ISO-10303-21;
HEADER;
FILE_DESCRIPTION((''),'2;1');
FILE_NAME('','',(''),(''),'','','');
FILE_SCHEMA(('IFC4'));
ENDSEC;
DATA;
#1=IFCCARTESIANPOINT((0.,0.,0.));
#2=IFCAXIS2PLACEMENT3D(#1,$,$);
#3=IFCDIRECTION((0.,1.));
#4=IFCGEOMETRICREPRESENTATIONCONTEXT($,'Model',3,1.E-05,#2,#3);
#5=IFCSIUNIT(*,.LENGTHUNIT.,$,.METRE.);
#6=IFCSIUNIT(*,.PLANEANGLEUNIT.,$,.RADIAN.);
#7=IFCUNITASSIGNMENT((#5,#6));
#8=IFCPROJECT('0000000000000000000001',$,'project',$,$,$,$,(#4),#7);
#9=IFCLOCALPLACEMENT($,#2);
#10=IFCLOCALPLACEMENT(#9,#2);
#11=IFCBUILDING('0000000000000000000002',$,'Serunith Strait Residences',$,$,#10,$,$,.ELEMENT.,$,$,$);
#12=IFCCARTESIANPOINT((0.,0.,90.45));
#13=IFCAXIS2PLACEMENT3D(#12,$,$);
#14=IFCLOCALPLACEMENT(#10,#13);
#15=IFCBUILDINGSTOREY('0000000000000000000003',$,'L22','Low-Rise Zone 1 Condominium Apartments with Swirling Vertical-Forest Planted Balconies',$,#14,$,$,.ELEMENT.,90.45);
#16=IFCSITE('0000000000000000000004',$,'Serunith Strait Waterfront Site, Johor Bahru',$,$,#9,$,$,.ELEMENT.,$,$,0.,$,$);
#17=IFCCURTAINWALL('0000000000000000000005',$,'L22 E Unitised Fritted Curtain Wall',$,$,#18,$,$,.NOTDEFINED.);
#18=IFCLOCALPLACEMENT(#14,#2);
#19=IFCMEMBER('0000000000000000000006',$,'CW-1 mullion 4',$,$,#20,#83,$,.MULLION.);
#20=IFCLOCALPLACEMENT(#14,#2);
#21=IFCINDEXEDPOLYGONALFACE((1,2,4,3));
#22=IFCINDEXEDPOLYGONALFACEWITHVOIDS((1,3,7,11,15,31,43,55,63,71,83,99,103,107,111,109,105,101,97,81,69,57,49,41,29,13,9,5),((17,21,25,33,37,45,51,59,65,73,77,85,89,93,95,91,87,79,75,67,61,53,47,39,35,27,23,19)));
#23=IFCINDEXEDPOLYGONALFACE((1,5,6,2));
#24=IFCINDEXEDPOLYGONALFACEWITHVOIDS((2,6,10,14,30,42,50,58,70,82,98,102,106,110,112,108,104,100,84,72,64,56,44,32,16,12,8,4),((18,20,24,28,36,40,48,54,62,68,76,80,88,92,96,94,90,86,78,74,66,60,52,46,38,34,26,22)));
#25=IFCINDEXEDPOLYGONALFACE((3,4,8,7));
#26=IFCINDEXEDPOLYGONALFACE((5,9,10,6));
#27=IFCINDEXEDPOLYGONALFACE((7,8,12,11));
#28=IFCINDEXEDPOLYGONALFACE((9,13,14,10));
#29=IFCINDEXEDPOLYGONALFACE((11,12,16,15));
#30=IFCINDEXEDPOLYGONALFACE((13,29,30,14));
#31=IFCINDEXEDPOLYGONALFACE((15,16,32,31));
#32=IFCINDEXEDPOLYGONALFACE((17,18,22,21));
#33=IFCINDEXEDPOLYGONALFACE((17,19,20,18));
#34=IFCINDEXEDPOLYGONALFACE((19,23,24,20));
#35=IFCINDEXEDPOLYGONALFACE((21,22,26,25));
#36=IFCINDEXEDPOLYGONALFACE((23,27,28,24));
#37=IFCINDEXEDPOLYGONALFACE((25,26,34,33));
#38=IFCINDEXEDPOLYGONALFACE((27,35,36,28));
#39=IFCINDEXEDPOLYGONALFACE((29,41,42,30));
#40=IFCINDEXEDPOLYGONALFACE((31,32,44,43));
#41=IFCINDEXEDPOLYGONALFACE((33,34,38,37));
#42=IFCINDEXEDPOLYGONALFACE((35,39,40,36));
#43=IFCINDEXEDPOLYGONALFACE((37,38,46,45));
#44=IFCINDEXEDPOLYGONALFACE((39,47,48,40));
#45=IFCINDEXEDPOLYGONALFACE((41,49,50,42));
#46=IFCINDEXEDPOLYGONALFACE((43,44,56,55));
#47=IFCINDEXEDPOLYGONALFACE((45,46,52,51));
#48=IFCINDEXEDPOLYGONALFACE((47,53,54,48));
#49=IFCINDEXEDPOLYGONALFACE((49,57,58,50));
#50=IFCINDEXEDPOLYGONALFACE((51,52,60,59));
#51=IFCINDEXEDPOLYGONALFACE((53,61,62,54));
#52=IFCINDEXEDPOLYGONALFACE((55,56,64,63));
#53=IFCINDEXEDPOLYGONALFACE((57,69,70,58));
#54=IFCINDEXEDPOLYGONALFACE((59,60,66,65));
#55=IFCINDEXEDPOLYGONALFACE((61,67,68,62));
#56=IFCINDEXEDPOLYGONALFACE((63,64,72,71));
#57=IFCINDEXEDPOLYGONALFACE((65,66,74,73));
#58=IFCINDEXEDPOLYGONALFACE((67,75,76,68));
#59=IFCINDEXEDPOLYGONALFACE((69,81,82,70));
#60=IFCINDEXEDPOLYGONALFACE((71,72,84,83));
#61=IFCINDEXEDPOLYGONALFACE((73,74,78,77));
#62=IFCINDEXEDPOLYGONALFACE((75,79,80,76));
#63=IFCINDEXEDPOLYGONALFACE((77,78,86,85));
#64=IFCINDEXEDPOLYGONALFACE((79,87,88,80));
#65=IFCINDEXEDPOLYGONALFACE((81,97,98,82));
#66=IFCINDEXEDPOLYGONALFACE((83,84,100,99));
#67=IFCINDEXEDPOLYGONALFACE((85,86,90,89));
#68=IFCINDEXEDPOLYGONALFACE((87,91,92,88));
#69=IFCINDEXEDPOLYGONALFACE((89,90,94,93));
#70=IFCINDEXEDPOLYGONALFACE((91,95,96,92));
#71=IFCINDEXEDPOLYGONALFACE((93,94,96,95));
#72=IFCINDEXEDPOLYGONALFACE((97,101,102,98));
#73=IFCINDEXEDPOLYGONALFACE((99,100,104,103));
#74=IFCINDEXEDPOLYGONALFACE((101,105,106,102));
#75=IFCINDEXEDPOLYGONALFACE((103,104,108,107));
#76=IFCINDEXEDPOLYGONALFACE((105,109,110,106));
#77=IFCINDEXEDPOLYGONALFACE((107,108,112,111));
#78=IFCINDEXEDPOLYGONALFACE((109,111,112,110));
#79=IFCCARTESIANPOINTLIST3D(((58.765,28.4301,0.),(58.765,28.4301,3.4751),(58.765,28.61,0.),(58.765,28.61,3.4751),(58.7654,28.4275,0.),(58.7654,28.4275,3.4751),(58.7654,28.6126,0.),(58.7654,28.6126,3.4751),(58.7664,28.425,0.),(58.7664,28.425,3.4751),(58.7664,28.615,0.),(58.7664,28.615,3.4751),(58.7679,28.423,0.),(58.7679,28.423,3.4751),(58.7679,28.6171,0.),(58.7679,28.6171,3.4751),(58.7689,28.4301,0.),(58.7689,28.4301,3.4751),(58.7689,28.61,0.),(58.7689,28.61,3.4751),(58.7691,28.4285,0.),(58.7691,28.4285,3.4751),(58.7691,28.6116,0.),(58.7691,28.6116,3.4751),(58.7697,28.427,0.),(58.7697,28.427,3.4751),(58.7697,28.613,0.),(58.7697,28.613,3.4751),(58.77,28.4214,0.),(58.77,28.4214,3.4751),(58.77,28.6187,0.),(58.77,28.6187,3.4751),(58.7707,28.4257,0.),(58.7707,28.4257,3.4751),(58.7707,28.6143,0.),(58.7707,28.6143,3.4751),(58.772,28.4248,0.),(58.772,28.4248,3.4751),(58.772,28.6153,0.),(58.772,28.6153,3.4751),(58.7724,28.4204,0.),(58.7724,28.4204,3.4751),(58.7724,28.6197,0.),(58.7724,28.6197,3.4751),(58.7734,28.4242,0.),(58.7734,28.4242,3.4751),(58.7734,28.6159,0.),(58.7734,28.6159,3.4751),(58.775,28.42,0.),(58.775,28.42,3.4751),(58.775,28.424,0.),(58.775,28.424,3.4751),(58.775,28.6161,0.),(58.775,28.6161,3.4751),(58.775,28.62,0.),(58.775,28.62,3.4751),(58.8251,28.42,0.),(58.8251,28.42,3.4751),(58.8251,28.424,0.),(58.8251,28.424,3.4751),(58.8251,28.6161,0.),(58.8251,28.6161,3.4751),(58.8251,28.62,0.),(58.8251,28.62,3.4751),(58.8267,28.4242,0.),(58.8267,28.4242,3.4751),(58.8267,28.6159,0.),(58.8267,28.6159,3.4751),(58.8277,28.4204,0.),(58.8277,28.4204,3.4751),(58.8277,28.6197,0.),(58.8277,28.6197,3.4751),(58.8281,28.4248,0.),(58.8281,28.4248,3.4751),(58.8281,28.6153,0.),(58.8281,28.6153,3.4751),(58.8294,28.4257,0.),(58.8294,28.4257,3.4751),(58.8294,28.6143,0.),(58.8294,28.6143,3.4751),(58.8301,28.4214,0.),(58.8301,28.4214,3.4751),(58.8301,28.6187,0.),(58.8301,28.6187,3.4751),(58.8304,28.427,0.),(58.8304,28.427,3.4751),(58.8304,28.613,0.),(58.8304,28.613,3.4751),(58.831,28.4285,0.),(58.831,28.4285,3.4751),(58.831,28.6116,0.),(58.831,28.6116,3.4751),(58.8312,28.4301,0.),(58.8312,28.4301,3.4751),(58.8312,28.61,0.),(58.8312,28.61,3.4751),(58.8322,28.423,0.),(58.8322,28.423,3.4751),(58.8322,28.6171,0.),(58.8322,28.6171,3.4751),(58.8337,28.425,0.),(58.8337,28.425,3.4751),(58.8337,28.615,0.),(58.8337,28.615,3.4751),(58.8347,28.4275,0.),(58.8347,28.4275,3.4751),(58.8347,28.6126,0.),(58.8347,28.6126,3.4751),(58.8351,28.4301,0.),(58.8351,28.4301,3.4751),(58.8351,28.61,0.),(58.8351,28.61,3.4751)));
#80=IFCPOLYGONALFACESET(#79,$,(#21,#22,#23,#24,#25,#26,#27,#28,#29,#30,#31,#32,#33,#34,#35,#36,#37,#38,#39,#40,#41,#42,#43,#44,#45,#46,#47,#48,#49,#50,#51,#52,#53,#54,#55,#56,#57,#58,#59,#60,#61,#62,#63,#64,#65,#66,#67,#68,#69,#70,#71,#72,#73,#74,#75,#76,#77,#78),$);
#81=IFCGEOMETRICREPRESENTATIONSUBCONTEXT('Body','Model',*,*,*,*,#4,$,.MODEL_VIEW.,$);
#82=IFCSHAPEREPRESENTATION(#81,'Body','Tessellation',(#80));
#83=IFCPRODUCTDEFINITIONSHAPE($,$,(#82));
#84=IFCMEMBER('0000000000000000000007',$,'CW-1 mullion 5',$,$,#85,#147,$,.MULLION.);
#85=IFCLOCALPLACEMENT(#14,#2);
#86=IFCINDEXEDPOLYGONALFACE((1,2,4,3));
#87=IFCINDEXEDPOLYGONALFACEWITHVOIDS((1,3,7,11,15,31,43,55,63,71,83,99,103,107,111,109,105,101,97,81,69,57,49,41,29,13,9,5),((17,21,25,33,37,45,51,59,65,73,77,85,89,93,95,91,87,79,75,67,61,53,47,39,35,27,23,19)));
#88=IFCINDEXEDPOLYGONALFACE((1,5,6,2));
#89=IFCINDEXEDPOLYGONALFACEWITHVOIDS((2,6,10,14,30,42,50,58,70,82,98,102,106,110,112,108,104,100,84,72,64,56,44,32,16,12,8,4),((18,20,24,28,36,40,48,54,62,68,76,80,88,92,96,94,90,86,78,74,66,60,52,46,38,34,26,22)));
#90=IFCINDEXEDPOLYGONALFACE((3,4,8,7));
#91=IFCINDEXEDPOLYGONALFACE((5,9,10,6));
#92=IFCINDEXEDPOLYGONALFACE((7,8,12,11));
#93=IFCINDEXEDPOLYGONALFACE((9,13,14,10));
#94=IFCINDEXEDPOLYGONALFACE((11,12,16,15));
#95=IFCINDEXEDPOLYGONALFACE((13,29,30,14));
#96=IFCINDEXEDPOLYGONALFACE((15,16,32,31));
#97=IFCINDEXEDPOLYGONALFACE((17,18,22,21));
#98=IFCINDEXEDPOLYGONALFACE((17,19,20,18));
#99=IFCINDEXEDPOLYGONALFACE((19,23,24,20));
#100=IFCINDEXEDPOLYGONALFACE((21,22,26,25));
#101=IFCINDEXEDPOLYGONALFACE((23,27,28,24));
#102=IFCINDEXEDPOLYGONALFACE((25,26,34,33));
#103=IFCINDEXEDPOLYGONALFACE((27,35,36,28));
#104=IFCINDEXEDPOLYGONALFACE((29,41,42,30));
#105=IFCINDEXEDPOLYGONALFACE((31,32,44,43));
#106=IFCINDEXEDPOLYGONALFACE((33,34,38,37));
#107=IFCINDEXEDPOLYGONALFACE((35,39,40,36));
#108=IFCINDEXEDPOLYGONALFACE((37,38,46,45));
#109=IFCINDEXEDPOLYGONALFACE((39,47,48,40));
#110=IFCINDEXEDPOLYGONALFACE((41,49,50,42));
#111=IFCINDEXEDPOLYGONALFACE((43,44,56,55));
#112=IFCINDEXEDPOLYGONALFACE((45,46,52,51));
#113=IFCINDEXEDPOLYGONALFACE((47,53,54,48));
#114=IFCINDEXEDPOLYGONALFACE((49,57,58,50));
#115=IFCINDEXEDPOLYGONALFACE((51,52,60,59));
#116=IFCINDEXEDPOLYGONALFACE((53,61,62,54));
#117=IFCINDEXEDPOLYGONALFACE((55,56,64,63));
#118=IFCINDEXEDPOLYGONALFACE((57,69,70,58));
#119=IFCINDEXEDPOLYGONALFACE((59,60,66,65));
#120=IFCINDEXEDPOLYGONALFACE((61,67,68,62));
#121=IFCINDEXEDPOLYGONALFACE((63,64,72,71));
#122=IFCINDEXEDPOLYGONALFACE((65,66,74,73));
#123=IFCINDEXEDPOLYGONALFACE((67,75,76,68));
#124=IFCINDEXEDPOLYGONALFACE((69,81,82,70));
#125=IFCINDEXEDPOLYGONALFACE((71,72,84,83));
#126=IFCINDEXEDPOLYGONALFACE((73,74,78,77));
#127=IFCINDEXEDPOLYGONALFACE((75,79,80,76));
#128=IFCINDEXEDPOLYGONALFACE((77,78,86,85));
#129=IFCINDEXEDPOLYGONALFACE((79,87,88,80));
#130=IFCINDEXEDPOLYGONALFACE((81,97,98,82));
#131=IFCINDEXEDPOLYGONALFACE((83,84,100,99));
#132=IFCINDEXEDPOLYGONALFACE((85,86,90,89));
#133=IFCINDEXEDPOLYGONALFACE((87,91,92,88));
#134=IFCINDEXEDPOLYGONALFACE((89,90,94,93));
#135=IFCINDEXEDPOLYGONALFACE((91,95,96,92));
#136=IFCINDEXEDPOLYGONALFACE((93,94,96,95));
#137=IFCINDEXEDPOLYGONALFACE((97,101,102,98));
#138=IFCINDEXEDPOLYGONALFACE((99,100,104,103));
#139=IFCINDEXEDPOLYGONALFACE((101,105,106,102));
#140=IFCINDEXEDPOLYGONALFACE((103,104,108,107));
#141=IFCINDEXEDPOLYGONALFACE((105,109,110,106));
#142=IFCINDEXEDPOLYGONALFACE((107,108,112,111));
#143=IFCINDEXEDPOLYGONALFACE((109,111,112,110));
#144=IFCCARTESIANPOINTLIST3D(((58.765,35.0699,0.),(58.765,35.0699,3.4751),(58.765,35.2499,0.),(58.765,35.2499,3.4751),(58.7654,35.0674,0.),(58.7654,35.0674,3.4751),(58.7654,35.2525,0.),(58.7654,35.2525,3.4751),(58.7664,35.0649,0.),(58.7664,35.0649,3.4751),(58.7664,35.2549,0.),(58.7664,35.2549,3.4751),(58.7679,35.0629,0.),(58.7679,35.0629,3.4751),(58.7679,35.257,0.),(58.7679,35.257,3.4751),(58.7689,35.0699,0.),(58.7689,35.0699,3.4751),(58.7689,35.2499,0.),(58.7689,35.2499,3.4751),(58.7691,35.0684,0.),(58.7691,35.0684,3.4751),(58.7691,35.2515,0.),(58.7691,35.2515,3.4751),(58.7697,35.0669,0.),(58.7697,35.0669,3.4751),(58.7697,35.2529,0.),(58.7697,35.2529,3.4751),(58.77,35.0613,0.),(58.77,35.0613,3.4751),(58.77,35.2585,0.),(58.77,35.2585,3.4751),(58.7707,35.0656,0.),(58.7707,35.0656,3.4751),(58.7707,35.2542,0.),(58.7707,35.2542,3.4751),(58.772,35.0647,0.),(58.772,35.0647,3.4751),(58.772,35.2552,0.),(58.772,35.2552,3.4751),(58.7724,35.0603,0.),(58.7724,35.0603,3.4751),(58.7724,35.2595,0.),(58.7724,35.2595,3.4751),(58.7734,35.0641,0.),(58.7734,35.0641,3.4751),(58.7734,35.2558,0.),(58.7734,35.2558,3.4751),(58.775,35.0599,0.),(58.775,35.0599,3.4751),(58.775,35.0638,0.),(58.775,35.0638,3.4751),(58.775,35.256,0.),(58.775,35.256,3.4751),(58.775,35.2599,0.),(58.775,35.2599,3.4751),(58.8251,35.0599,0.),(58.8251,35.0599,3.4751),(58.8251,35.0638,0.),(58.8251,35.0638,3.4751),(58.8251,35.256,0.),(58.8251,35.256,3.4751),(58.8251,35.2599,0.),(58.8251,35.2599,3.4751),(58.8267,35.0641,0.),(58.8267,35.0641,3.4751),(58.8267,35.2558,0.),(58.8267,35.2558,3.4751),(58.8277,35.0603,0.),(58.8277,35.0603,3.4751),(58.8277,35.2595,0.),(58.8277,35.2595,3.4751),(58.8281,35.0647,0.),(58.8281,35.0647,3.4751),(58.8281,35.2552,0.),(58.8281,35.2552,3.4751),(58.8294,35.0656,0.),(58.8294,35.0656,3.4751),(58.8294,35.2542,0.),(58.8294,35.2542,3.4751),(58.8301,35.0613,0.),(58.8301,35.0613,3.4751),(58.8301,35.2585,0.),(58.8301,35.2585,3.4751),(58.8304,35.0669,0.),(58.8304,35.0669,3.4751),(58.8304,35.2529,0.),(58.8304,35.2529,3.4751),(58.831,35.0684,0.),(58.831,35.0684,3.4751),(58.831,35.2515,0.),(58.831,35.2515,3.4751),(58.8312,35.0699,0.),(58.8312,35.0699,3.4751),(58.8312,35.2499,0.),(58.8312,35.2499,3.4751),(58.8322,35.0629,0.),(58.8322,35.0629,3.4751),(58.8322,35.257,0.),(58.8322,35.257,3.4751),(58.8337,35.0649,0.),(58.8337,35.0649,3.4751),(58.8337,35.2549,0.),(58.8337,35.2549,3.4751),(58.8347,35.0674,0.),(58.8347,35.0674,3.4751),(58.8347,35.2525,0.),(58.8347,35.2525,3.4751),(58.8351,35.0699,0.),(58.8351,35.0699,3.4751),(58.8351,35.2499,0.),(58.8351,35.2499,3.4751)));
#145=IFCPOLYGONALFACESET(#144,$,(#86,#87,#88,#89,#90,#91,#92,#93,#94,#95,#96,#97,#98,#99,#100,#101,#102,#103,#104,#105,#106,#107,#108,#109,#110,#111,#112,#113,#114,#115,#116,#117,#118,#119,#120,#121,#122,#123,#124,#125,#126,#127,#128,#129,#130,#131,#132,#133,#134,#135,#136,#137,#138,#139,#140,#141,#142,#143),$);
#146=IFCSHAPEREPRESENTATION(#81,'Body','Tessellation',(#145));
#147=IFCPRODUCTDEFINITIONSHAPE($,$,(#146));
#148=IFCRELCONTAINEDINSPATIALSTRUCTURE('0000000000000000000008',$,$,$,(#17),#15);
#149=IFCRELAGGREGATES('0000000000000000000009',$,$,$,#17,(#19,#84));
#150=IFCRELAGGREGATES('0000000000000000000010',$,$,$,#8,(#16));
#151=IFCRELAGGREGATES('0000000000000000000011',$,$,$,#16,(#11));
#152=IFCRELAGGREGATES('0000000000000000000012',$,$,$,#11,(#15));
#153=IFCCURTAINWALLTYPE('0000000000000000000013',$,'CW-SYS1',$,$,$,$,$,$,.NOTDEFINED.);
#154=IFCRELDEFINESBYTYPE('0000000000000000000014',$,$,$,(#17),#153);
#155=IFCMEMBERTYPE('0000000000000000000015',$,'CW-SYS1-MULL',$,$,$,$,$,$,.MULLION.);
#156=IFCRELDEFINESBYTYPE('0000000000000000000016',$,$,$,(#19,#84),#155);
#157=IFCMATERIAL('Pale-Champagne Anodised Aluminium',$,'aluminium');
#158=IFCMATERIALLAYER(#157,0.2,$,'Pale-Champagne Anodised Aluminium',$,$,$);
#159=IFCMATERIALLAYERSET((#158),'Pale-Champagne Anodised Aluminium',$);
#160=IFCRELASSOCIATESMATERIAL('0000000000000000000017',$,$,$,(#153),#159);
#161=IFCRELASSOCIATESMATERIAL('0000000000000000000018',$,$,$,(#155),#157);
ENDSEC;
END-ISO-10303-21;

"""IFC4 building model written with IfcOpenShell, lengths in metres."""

from ifc_helpers import new_model, si_unit, direction, frame, origin, origin_2d, place, context, subcontext, project, spatial, hollow_rectangle, extrude, source, transform, mapped, material, layer, layer_set, material_profile, profile_set, type_object, element, aggregate, save


model = new_model("IFC4")

# Units and contexts
model_context = context("Model", 3, precision=1e-05, world=origin(), true_north=direction((0.0, 1.0)))
body_context = subcontext(model_context, "Body", "Model", "MODEL_VIEW")
ifc_project = project(units=[si_unit("LENGTHUNIT", "METRE"), si_unit("PLANEANGLEUNIT", "RADIAN")], contexts=[model_context])

# Site, building, storey
site_placement = place(None, origin())
site = spatial("IfcSite", under=ifc_project, at=site_placement, Name="Serunith Strait Waterfront Site, Johor Bahru", CompositionType="ELEMENT", RefElevation=0.0)
building_placement = place(site_placement, origin())
building = spatial("IfcBuilding", under=site, at=building_placement, Name="Serunith Strait Residences", CompositionType="ELEMENT")
storey_placement = place(building_placement, frame((0.0, 0.0, 90.45)))
storey = spatial("IfcBuildingStorey", under=building, at=storey_placement, Name="L22", Description="Low-Rise Zone 1 Condominium Apartments with Swirling Vertical-Forest Planted Balconies", CompositionType="ELEMENT", Elevation=90.45)

# Curtain wall, members
ifc_material_1 = material(Name="Pale-Champagne Anodised Aluminium", Category="aluminium")
ifc_layer_1 = layer(ifc_material_1, 0.2, Name="Pale-Champagne Anodised Aluminium")
ifc_layer_set_1 = layer_set([ifc_layer_1], Name="Pale-Champagne Anodised Aluminium")
curtain_wall_type = type_object("IfcCurtainWallType", Name="CW-SYS1", PredefinedType="NOTDEFINED", material=ifc_layer_set_1)
curtain_wall_placement = place(storey_placement, origin())
curtain_wall = element("IfcCurtainWall", 1, at=curtain_wall_placement, inside=storey, type_object=curtain_wall_type, Name="L22 E Unitised Fritted Curtain Wall", PredefinedType="NOTDEFINED")
ifc_material_profile_1 = material_profile(ifc_material_1, hollow_rectangle(XDim=0.0701, YDim=0.2, WallThickness=0.0039, InnerFilletRadius=0.0061, OuterFilletRadius=0.01, at=origin_2d()), Name="ALU 200x70x4")
ifc_profile_set_1 = profile_set([ifc_material_profile_1], Name="Pale-Champagne Anodised Aluminium")
member_type_1 = type_object("IfcMemberType", Name="CW-SYS1-MULL", PredefinedType="MULLION", material=ifc_profile_set_1)
shared_shape_1 = source(origin(), body_context, "Body", "SweptSolid", [
    extrude(hollow_rectangle(XDim=0.0701, YDim=0.2, WallThickness=0.0039, InnerFilletRadius=0.0061, OuterFilletRadius=0.01, at=origin_2d()), origin(), (0.0, 0.0, 1.0), 3.4751),
])
member_1_placement = place(storey_placement, frame((58.8, 28.52, 0.0), z_axis=(0.0, 0.0, 1.0), x_axis=(-1.0, 0.0, 0.0)))
member_1 = element("IfcMember", 2, at=member_1_placement, type_object=member_type_1, Name="CW-1 mullion 4", PredefinedType="MULLION", context=body_context, shape_type="MappedRepresentation", body=[
    mapped(shared_shape_1, transform((0.0, 0.0, 0.0), scale=1.0)),
])
member_2_placement = place(storey_placement, frame((58.8, 35.1599, 0.0), z_axis=(0.0, 0.0, 1.0), x_axis=(-1.0, 0.0, 0.0)))
member_2 = element("IfcMember", 3, at=member_2_placement, type_object=member_type_1, Name="CW-1 mullion 5", PredefinedType="MULLION", context=body_context, shape_type="MappedRepresentation", body=[
    mapped(shared_shape_1, transform((0.0, 0.0, 0.0), scale=1.0)),
])
aggregate(curtain_wall, [member_1, member_2])

save(model, "model.ifc")
